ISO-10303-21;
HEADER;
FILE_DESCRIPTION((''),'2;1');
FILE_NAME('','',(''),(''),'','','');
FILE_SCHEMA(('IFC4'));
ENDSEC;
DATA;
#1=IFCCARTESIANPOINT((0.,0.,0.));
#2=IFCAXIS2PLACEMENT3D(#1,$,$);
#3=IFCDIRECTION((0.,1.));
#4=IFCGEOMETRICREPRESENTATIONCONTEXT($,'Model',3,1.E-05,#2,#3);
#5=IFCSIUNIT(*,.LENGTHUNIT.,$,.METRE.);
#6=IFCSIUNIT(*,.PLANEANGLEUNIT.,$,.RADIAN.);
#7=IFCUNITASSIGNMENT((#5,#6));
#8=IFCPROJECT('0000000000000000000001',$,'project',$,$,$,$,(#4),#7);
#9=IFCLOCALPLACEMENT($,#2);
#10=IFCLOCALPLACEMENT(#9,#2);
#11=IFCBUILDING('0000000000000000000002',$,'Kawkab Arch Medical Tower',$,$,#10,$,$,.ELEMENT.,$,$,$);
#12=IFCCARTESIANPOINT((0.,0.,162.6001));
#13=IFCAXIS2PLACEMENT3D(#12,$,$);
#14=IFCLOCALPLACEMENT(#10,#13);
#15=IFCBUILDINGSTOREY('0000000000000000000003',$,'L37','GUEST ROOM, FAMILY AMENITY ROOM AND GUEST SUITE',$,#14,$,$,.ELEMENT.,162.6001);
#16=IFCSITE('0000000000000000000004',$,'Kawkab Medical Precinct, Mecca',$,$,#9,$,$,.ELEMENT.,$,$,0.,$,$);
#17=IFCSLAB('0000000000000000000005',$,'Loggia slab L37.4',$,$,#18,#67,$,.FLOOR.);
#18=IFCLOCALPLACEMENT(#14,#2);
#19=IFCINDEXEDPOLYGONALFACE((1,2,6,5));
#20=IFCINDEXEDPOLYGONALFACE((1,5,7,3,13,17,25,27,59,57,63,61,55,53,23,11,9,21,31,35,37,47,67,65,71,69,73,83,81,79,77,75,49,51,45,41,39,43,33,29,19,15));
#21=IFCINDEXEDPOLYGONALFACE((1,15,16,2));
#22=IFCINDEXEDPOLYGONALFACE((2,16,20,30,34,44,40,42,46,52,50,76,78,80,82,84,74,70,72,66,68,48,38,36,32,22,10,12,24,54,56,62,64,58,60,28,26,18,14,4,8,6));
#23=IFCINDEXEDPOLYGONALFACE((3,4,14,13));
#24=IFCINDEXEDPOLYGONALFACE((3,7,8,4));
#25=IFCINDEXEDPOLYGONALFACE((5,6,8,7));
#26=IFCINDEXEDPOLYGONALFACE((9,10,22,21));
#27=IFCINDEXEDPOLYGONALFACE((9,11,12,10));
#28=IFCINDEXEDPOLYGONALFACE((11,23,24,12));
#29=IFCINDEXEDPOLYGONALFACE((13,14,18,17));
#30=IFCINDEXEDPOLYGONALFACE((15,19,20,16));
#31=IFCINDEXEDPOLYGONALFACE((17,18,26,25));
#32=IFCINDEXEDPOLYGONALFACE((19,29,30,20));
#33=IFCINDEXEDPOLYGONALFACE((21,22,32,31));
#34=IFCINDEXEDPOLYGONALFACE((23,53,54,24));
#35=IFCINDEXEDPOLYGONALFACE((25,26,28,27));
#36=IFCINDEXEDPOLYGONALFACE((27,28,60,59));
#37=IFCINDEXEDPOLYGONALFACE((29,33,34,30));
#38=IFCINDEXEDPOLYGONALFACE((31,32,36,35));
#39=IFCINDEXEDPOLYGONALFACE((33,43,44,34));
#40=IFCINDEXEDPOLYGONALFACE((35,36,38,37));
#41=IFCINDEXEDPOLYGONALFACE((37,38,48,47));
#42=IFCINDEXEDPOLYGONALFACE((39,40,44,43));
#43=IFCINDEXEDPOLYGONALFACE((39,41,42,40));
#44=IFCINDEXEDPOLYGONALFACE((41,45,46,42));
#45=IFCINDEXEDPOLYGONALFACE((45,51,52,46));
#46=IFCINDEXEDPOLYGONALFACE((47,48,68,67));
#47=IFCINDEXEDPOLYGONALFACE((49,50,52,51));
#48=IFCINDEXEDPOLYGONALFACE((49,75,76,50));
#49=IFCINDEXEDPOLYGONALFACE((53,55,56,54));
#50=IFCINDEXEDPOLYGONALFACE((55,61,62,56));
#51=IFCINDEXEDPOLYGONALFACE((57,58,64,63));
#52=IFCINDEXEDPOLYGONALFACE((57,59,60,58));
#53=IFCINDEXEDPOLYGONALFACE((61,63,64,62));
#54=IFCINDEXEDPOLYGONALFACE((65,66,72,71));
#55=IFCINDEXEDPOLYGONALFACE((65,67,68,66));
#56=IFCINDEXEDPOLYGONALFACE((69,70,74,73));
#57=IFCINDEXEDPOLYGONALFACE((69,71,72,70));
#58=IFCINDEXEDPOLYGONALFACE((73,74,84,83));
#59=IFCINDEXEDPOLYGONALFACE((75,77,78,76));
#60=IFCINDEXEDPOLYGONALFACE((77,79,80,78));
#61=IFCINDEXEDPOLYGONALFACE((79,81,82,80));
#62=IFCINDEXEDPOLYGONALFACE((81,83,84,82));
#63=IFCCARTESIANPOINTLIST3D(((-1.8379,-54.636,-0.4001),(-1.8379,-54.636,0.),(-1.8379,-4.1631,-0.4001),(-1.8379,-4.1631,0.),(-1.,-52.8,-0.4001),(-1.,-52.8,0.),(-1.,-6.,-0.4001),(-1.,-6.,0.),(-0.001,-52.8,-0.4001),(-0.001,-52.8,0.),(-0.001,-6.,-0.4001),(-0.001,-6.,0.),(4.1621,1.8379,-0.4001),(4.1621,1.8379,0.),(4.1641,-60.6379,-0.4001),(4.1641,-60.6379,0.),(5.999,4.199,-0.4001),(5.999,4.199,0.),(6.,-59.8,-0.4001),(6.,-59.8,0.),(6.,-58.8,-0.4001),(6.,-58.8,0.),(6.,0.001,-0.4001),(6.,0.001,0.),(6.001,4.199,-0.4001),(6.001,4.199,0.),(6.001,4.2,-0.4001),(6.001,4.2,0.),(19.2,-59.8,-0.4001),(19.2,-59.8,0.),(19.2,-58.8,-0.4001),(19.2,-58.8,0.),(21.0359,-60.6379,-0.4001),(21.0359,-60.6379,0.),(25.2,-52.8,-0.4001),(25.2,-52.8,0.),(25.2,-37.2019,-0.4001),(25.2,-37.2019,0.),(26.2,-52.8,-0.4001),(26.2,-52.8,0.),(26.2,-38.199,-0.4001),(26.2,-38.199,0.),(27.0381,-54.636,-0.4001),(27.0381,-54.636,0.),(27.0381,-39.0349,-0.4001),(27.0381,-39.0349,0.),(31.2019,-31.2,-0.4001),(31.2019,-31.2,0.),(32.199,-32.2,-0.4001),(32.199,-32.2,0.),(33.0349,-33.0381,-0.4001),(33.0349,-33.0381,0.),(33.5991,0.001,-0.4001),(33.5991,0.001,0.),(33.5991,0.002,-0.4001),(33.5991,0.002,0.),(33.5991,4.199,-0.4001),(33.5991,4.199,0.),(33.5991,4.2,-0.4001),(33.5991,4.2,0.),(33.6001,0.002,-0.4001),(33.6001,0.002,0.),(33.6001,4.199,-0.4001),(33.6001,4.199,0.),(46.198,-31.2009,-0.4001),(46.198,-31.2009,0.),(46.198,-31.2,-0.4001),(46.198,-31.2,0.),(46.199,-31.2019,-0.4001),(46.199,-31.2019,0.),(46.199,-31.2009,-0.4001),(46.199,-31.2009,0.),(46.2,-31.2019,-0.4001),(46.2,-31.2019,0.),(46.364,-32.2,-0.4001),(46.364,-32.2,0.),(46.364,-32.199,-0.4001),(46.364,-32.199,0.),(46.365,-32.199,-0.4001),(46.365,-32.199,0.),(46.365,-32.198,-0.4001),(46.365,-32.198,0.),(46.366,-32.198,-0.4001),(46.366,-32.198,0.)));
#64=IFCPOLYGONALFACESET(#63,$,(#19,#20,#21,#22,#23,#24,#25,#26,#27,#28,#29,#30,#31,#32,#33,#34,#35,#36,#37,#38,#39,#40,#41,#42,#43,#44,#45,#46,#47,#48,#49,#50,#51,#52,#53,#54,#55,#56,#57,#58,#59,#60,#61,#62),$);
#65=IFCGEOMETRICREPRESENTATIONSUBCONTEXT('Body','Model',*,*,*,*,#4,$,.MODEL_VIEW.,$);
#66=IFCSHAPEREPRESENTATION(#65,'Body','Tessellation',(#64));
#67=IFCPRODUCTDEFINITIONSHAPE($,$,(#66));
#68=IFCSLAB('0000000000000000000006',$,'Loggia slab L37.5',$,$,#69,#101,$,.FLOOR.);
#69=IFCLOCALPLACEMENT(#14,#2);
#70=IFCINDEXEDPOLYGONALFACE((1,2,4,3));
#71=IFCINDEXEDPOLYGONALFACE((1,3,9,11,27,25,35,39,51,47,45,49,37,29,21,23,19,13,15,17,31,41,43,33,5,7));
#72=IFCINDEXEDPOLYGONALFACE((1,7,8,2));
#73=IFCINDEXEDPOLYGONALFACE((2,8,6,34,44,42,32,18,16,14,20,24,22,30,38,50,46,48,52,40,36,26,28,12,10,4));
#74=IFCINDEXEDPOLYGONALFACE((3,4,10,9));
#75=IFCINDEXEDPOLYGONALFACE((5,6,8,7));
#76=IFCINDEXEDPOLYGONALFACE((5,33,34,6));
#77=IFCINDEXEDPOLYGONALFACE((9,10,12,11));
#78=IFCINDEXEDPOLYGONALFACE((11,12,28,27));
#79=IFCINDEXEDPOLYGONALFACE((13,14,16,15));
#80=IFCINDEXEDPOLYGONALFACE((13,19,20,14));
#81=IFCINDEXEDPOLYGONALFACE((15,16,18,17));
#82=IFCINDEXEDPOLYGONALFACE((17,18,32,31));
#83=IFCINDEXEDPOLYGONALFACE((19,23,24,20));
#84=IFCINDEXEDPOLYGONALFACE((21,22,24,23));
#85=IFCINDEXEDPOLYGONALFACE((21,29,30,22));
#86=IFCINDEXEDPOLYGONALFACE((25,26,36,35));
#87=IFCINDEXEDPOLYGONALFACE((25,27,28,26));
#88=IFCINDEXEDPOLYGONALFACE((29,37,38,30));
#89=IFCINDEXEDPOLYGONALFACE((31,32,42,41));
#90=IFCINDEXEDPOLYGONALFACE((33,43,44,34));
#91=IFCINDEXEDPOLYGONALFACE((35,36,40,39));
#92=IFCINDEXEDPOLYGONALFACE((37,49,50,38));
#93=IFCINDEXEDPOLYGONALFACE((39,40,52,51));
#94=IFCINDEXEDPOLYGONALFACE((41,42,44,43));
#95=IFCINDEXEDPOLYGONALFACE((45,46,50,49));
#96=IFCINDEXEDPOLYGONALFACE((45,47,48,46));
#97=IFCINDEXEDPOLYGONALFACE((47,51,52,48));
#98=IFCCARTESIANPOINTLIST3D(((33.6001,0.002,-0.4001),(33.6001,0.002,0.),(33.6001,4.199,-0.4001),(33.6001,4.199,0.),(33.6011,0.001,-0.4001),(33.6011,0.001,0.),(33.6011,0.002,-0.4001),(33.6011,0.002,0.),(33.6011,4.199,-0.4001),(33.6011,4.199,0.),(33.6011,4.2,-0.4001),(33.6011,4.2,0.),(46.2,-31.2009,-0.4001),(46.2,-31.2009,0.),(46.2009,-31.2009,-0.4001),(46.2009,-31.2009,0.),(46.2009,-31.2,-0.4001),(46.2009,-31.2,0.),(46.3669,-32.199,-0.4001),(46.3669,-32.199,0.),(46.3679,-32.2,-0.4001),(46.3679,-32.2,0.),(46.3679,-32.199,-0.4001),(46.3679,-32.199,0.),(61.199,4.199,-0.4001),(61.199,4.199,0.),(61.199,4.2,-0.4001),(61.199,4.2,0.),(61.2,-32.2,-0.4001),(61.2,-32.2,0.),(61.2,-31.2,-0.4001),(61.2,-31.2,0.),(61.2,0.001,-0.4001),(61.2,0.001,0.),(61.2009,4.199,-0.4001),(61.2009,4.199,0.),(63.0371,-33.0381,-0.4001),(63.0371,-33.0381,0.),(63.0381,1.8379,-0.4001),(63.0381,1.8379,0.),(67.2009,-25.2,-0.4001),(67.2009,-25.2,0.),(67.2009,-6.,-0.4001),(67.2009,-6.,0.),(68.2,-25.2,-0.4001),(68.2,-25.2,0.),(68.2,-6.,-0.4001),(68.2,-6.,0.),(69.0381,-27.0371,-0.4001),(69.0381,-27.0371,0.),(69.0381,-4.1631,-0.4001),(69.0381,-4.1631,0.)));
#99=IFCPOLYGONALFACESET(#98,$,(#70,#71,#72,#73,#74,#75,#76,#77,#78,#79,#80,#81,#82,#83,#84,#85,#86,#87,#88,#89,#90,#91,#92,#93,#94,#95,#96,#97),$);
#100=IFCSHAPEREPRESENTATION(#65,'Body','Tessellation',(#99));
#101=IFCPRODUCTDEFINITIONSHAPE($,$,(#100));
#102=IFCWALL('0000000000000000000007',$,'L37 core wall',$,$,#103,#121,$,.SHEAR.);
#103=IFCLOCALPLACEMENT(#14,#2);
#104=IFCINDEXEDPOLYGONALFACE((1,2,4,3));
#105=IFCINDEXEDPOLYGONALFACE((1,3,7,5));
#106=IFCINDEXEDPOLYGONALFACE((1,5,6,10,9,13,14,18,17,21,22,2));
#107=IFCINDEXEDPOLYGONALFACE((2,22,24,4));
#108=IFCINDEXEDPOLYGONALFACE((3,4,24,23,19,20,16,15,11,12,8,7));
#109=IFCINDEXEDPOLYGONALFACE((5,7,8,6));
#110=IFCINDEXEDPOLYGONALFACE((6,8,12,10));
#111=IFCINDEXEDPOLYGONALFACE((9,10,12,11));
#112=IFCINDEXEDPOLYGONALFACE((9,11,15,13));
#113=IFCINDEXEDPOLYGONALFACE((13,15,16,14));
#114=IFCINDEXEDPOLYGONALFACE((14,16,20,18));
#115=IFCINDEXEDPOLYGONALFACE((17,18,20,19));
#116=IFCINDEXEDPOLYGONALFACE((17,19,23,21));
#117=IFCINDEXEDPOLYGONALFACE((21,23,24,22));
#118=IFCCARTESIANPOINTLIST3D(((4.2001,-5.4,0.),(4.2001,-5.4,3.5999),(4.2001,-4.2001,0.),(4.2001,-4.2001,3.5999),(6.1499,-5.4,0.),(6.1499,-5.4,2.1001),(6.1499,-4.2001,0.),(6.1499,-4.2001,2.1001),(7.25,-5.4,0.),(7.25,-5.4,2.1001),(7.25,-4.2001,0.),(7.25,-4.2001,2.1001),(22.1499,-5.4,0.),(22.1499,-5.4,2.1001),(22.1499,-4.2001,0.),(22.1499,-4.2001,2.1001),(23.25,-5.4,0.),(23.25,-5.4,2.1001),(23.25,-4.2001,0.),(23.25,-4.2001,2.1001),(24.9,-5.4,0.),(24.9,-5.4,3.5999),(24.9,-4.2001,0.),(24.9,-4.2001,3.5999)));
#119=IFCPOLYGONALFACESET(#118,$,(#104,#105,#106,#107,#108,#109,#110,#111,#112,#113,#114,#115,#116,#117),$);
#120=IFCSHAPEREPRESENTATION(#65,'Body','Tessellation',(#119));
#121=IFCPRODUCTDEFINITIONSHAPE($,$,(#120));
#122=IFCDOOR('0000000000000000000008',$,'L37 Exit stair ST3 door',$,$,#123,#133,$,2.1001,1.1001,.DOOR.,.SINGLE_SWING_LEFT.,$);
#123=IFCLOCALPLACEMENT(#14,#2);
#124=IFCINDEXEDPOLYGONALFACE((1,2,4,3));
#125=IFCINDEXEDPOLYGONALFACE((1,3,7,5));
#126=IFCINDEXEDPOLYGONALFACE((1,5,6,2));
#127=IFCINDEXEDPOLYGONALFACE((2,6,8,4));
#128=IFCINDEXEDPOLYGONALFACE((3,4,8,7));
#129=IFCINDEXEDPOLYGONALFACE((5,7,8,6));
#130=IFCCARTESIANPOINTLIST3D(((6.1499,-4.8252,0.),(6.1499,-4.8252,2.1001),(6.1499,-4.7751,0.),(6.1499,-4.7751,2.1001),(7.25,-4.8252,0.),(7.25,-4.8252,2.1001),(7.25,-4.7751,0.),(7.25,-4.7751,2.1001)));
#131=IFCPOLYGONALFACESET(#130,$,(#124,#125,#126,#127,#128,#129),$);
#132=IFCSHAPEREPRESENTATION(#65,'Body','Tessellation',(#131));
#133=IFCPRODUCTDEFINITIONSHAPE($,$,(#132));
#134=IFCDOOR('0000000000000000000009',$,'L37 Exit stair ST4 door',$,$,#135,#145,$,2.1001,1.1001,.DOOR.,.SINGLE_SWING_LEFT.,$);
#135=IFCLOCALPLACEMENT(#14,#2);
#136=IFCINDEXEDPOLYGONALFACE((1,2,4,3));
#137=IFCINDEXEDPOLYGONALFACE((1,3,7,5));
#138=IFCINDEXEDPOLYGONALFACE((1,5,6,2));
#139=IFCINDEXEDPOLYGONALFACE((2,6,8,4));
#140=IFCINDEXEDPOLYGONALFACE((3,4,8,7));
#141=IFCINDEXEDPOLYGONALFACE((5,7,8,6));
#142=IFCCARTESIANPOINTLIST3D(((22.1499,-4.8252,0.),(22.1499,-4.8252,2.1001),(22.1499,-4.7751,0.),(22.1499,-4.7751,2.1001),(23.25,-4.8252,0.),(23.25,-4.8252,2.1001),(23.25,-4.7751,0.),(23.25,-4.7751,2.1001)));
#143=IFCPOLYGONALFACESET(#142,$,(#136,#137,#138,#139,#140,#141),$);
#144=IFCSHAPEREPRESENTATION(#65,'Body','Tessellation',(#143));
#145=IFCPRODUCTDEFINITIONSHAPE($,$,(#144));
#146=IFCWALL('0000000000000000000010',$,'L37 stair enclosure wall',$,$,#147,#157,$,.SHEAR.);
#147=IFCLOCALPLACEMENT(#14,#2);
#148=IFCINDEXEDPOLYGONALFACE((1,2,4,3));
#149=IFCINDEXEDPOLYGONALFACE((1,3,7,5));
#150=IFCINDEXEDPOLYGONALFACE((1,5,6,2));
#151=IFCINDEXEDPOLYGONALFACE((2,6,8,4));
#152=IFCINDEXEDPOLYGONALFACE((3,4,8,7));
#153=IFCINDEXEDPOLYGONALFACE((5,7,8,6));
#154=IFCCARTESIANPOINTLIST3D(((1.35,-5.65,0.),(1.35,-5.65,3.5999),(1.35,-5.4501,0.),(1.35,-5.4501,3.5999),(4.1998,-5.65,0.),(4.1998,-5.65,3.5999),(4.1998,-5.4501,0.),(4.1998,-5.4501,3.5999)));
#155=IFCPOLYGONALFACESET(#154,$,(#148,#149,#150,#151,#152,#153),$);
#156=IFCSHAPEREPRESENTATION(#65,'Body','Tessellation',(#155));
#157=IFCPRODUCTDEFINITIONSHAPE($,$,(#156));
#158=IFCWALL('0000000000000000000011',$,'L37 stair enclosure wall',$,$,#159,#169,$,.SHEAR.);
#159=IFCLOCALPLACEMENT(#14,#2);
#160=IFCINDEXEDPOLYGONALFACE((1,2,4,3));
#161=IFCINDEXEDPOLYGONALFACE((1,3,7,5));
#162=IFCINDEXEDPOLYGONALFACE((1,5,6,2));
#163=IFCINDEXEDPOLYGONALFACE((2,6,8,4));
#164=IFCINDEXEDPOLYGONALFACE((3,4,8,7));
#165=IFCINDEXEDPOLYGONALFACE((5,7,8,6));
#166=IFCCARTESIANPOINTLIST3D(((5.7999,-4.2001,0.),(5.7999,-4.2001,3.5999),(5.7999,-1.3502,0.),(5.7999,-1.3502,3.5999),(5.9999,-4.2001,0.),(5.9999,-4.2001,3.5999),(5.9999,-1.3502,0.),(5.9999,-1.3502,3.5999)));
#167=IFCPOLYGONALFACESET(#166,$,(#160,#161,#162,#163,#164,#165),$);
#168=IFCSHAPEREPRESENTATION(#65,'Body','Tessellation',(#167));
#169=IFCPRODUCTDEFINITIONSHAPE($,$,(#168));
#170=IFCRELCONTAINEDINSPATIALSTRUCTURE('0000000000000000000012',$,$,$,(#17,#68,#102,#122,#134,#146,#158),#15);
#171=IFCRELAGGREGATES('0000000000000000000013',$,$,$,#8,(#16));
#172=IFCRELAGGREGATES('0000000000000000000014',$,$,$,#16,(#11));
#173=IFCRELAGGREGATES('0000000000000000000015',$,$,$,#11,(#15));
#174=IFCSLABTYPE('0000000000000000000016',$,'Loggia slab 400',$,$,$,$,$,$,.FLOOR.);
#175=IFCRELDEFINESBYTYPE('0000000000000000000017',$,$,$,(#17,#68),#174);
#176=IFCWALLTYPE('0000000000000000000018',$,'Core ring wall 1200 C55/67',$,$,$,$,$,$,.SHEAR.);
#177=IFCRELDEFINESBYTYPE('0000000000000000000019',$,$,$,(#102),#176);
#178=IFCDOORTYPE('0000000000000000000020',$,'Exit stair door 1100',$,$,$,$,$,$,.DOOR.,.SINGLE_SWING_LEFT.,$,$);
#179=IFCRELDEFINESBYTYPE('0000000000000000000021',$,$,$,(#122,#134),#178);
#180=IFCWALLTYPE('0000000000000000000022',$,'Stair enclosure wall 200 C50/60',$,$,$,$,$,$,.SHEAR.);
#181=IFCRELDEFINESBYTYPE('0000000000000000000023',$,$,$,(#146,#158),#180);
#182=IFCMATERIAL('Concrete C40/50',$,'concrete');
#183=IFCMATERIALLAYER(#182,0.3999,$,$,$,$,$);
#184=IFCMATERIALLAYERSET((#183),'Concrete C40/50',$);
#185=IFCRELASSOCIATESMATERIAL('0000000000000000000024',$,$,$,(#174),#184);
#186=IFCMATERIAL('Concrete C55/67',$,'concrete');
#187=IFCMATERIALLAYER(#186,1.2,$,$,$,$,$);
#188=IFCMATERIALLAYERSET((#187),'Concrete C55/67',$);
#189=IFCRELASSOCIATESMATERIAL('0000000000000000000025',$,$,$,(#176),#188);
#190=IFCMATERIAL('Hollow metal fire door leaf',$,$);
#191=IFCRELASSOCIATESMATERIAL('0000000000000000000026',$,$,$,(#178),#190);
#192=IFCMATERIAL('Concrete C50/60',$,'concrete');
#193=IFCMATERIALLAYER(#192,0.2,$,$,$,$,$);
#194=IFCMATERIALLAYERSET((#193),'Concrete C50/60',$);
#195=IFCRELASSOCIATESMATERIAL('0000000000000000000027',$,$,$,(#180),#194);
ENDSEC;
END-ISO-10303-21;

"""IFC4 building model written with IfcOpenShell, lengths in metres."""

from ifc_helpers import new_model, si_unit, direction, frame, frame_2d, origin, place, context, subcontext, project, spatial, polyline, rectangle, outline, extrude, material, layer, layer_set, type_object, element, fill, save


model = new_model("IFC4")

# Units and contexts
model_context = context("Model", 3, precision=1e-05, world=origin(), true_north=direction((0.0, 1.0)))
body_context = subcontext(model_context, "Body", "Model", "MODEL_VIEW")
ifc_project = project(units=[si_unit("LENGTHUNIT", "METRE"), si_unit("PLANEANGLEUNIT", "RADIAN")], contexts=[model_context])

# Site, building, storey
site_placement = place(None, origin())
site = spatial("IfcSite", under=ifc_project, at=site_placement, Name="Kawkab Medical Precinct, Mecca", CompositionType="ELEMENT", RefElevation=0.0)
building_placement = place(site_placement, origin())
building = spatial("IfcBuilding", under=site, at=building_placement, Name="Kawkab Arch Medical Tower", CompositionType="ELEMENT")
storey_placement = place(building_placement, frame((0.0, 0.0, 162.6001)))
storey = spatial("IfcBuildingStorey", under=building, at=storey_placement, Name="L37", Description="GUEST ROOM, FAMILY AMENITY ROOM AND GUEST SUITE", CompositionType="ELEMENT", Elevation=162.6001)

# Slabs
ifc_material_1 = material(Name="Concrete C40/50", Category="concrete")
ifc_layer_1 = layer(ifc_material_1, 0.3999)
ifc_layer_set_1 = layer_set([ifc_layer_1], Name="Concrete C40/50")
slab_type_1 = type_object("IfcSlabType", Name="Loggia slab 400", PredefinedType="FLOOR", material=ifc_layer_set_1)
placement_1 = place(storey_placement, frame((0.0, 0.0, -0.4001)))
element("IfcSlab", 1, at=placement_1, inside=storey, type_object=slab_type_1, Name="Loggia slab L37.4", PredefinedType="FLOOR", context=body_context, shape_type="SweptSolid", body=[
    extrude(outline(polyline([(-1.8379, -54.636), (-1.0, -52.8), (-1.0, -6.0), (-1.8379, -4.1631), (4.1621, 1.8379), (5.999, 4.199), (6.001, 4.199), (6.001, 4.2), (33.5991, 4.2), (33.5991, 4.199), (33.6001, 4.199), (33.6001, 0.002), (33.5991, 0.002), (33.5991, 0.001), (6.0, 0.001), (-0.001, -6.0), (-0.001, -52.8), (6.0, -58.8), (19.2, -58.8), (25.2, -52.8), (25.2, -37.2019), (31.2019, -31.2), (46.198, -31.2), (46.198, -31.2009), (46.199, -31.2009), (46.199, -31.2019), (46.2, -31.2019), (46.366, -32.198), (46.365, -32.198), (46.365, -32.199), (46.364, -32.199), (46.364, -32.2), (32.199, -32.2), (33.0349, -33.0381), (27.0381, -39.0349), (26.2, -38.199), (26.2, -52.8), (27.0381, -54.636), (21.0359, -60.6379), (19.2, -59.8), (6.0, -59.8), (4.1641, -60.6379), (-1.8379, -54.636)])), origin(), (0.0, 0.0, 1.0), 0.4001),
])
element("IfcSlab", 2, at=placement_1, inside=storey, type_object=slab_type_1, Name="Loggia slab L37.5", PredefinedType="FLOOR", context=body_context, shape_type="SweptSolid", body=[
    extrude(outline(polyline([(33.6011, 0.001), (33.6011, 0.002), (33.6001, 0.002), (33.6001, 4.199), (33.6011, 4.199), (33.6011, 4.2), (61.199, 4.2), (61.199, 4.199), (61.2009, 4.199), (63.0381, 1.8379), (69.0381, -4.1631), (68.2, -6.0), (68.2, -25.2), (69.0381, -27.0371), (63.0371, -33.0381), (61.2, -32.2), (46.3679, -32.2), (46.3679, -32.199), (46.3669, -32.199), (46.2, -31.2009), (46.2009, -31.2009), (46.2009, -31.2), (61.2, -31.2), (67.2009, -25.2), (67.2009, -6.0), (61.2, 0.001), (33.6011, 0.001)])), origin(), (0.0, 0.0, 1.0), 0.4001),
])

# Wall, openings, doors
ifc_material_2 = material(Name="Concrete C55/67", Category="concrete")
ifc_layer_2 = layer(ifc_material_2, 1.2)
ifc_layer_set_2 = layer_set([ifc_layer_2], Name="Concrete C55/67")
wall_type_1 = type_object("IfcWallType", Name="Core ring wall 1200 C55/67", PredefinedType="SHEAR", material=ifc_layer_set_2)
wall_1_placement = place(storey_placement, frame((4.2, -4.8, 0.0), z_axis=(0.0, 0.0, 1.0), x_axis=(1.0, 0.0, 0.0)))
wall_1 = element("IfcWall", 3, at=wall_1_placement, inside=storey, type_object=wall_type_1, Name="L37 core wall", PredefinedType="SHEAR", context=body_context, shape_type="SweptSolid", body=[
    extrude(rectangle(XDim=20.7, YDim=1.2, at=frame_2d((10.3501, 0.0))), origin(), (0.0, 0.0, 1.0), 3.5999),
])
opening_1_placement = place(wall_1_placement, frame((1.95, 0.0, 0.0)))
opening_1 = element("IfcOpeningElement", 4, at=opening_1_placement, cuts=wall_1, PredefinedType="OPENING", context=body_context, shape_type="SweptSolid", body=[
    extrude(rectangle(XDim=1.1001, YDim=2.1001, at=frame_2d((0.55, 1.05))), frame((0.0, 0.6099, 0.0), z_axis=(0.0, -1.0, 0.0), x_axis=(1.0, 0.0, 0.0)), (0.0, 0.0, 1.0), 1.22),
])
opening_2_placement = place(wall_1_placement, frame((17.95, 0.0, 0.0)))
opening_2 = element("IfcOpeningElement", 5, at=opening_2_placement, cuts=wall_1, PredefinedType="OPENING", context=body_context, shape_type="SweptSolid", body=[
    extrude(rectangle(XDim=1.1001, YDim=2.1001, at=frame_2d((0.55, 1.05))), frame((0.0, 0.6099, 0.0), z_axis=(0.0, -1.0, 0.0), x_axis=(1.0, 0.0, 0.0)), (0.0, 0.0, 1.0), 1.22),
])
ifc_material_3 = material(Name="Hollow metal fire door leaf")
door_type = type_object("IfcDoorType", Name="Exit stair door 1100", OperationType="SINGLE_SWING_LEFT", PredefinedType="DOOR", material=ifc_material_3)
door_1_placement = place(opening_1_placement, origin())
door_1 = element("IfcDoor", 6, at=door_1_placement, inside=storey, type_object=door_type, Name="L37 Exit stair ST3 door", OperationType="SINGLE_SWING_LEFT", OverallHeight=2.1001, OverallWidth=1.1001, PredefinedType="DOOR", context=body_context, shape_type="SweptSolid", body=[
    extrude(rectangle(XDim=1.1001, YDim=2.1001, at=frame_2d((0.55, 1.05))), frame((0.0, 0.0249, 0.0), z_axis=(0.0, -1.0, 0.0), x_axis=(1.0, 0.0, 0.0)), (0.0, 0.0, 1.0), 0.05),
])
fill(opening_1, door_1)
door_2_placement = place(opening_2_placement, origin())
door_2 = element("IfcDoor", 7, at=door_2_placement, inside=storey, type_object=door_type, Name="L37 Exit stair ST4 door", OperationType="SINGLE_SWING_LEFT", OverallHeight=2.1001, OverallWidth=1.1001, PredefinedType="DOOR", context=body_context, shape_type="SweptSolid", body=[
    extrude(rectangle(XDim=1.1001, YDim=2.1001, at=frame_2d((0.55, 1.05))), frame((0.0, 0.0249, 0.0), z_axis=(0.0, -1.0, 0.0), x_axis=(1.0, 0.0, 0.0)), (0.0, 0.0, 1.0), 0.05),
])
fill(opening_2, door_2)

# Walls
ifc_material_4 = material(Name="Concrete C50/60", Category="concrete")
ifc_layer_3 = layer(ifc_material_4, 0.2)
ifc_layer_set_3 = layer_set([ifc_layer_3], Name="Concrete C50/60")
wall_type_2 = type_object("IfcWallType", Name="Stair enclosure wall 200 C50/60", PredefinedType="SHEAR", material=ifc_layer_set_3)
for number, where, z_axis, x_axis, name in (
    (8, (1.3501, -5.55, 0.0), (0.0, 0.0, 1.0), (1.0, 0.0, 0.0), "L37 stair enclosure wall"),
    (9, (5.8999, -4.2, 0.0), (0.0, 0.0, 1.0), (0.0, 1.0, 0.0), "L37 stair enclosure wall"),
):
    element("IfcWall", number, at=place(storey_placement, frame(where, z_axis=z_axis, x_axis=x_axis)), inside=storey, type_object=wall_type_2, Name=name, PredefinedType="SHEAR", context=body_context, shape_type="SweptSolid", body=[
        extrude(rectangle(XDim=2.8499, YDim=0.2, at=frame_2d((1.4248, 0.0))), origin(), (0.0, 0.0, 1.0), 3.5999),
    ])

save(model, "model.ifc")
